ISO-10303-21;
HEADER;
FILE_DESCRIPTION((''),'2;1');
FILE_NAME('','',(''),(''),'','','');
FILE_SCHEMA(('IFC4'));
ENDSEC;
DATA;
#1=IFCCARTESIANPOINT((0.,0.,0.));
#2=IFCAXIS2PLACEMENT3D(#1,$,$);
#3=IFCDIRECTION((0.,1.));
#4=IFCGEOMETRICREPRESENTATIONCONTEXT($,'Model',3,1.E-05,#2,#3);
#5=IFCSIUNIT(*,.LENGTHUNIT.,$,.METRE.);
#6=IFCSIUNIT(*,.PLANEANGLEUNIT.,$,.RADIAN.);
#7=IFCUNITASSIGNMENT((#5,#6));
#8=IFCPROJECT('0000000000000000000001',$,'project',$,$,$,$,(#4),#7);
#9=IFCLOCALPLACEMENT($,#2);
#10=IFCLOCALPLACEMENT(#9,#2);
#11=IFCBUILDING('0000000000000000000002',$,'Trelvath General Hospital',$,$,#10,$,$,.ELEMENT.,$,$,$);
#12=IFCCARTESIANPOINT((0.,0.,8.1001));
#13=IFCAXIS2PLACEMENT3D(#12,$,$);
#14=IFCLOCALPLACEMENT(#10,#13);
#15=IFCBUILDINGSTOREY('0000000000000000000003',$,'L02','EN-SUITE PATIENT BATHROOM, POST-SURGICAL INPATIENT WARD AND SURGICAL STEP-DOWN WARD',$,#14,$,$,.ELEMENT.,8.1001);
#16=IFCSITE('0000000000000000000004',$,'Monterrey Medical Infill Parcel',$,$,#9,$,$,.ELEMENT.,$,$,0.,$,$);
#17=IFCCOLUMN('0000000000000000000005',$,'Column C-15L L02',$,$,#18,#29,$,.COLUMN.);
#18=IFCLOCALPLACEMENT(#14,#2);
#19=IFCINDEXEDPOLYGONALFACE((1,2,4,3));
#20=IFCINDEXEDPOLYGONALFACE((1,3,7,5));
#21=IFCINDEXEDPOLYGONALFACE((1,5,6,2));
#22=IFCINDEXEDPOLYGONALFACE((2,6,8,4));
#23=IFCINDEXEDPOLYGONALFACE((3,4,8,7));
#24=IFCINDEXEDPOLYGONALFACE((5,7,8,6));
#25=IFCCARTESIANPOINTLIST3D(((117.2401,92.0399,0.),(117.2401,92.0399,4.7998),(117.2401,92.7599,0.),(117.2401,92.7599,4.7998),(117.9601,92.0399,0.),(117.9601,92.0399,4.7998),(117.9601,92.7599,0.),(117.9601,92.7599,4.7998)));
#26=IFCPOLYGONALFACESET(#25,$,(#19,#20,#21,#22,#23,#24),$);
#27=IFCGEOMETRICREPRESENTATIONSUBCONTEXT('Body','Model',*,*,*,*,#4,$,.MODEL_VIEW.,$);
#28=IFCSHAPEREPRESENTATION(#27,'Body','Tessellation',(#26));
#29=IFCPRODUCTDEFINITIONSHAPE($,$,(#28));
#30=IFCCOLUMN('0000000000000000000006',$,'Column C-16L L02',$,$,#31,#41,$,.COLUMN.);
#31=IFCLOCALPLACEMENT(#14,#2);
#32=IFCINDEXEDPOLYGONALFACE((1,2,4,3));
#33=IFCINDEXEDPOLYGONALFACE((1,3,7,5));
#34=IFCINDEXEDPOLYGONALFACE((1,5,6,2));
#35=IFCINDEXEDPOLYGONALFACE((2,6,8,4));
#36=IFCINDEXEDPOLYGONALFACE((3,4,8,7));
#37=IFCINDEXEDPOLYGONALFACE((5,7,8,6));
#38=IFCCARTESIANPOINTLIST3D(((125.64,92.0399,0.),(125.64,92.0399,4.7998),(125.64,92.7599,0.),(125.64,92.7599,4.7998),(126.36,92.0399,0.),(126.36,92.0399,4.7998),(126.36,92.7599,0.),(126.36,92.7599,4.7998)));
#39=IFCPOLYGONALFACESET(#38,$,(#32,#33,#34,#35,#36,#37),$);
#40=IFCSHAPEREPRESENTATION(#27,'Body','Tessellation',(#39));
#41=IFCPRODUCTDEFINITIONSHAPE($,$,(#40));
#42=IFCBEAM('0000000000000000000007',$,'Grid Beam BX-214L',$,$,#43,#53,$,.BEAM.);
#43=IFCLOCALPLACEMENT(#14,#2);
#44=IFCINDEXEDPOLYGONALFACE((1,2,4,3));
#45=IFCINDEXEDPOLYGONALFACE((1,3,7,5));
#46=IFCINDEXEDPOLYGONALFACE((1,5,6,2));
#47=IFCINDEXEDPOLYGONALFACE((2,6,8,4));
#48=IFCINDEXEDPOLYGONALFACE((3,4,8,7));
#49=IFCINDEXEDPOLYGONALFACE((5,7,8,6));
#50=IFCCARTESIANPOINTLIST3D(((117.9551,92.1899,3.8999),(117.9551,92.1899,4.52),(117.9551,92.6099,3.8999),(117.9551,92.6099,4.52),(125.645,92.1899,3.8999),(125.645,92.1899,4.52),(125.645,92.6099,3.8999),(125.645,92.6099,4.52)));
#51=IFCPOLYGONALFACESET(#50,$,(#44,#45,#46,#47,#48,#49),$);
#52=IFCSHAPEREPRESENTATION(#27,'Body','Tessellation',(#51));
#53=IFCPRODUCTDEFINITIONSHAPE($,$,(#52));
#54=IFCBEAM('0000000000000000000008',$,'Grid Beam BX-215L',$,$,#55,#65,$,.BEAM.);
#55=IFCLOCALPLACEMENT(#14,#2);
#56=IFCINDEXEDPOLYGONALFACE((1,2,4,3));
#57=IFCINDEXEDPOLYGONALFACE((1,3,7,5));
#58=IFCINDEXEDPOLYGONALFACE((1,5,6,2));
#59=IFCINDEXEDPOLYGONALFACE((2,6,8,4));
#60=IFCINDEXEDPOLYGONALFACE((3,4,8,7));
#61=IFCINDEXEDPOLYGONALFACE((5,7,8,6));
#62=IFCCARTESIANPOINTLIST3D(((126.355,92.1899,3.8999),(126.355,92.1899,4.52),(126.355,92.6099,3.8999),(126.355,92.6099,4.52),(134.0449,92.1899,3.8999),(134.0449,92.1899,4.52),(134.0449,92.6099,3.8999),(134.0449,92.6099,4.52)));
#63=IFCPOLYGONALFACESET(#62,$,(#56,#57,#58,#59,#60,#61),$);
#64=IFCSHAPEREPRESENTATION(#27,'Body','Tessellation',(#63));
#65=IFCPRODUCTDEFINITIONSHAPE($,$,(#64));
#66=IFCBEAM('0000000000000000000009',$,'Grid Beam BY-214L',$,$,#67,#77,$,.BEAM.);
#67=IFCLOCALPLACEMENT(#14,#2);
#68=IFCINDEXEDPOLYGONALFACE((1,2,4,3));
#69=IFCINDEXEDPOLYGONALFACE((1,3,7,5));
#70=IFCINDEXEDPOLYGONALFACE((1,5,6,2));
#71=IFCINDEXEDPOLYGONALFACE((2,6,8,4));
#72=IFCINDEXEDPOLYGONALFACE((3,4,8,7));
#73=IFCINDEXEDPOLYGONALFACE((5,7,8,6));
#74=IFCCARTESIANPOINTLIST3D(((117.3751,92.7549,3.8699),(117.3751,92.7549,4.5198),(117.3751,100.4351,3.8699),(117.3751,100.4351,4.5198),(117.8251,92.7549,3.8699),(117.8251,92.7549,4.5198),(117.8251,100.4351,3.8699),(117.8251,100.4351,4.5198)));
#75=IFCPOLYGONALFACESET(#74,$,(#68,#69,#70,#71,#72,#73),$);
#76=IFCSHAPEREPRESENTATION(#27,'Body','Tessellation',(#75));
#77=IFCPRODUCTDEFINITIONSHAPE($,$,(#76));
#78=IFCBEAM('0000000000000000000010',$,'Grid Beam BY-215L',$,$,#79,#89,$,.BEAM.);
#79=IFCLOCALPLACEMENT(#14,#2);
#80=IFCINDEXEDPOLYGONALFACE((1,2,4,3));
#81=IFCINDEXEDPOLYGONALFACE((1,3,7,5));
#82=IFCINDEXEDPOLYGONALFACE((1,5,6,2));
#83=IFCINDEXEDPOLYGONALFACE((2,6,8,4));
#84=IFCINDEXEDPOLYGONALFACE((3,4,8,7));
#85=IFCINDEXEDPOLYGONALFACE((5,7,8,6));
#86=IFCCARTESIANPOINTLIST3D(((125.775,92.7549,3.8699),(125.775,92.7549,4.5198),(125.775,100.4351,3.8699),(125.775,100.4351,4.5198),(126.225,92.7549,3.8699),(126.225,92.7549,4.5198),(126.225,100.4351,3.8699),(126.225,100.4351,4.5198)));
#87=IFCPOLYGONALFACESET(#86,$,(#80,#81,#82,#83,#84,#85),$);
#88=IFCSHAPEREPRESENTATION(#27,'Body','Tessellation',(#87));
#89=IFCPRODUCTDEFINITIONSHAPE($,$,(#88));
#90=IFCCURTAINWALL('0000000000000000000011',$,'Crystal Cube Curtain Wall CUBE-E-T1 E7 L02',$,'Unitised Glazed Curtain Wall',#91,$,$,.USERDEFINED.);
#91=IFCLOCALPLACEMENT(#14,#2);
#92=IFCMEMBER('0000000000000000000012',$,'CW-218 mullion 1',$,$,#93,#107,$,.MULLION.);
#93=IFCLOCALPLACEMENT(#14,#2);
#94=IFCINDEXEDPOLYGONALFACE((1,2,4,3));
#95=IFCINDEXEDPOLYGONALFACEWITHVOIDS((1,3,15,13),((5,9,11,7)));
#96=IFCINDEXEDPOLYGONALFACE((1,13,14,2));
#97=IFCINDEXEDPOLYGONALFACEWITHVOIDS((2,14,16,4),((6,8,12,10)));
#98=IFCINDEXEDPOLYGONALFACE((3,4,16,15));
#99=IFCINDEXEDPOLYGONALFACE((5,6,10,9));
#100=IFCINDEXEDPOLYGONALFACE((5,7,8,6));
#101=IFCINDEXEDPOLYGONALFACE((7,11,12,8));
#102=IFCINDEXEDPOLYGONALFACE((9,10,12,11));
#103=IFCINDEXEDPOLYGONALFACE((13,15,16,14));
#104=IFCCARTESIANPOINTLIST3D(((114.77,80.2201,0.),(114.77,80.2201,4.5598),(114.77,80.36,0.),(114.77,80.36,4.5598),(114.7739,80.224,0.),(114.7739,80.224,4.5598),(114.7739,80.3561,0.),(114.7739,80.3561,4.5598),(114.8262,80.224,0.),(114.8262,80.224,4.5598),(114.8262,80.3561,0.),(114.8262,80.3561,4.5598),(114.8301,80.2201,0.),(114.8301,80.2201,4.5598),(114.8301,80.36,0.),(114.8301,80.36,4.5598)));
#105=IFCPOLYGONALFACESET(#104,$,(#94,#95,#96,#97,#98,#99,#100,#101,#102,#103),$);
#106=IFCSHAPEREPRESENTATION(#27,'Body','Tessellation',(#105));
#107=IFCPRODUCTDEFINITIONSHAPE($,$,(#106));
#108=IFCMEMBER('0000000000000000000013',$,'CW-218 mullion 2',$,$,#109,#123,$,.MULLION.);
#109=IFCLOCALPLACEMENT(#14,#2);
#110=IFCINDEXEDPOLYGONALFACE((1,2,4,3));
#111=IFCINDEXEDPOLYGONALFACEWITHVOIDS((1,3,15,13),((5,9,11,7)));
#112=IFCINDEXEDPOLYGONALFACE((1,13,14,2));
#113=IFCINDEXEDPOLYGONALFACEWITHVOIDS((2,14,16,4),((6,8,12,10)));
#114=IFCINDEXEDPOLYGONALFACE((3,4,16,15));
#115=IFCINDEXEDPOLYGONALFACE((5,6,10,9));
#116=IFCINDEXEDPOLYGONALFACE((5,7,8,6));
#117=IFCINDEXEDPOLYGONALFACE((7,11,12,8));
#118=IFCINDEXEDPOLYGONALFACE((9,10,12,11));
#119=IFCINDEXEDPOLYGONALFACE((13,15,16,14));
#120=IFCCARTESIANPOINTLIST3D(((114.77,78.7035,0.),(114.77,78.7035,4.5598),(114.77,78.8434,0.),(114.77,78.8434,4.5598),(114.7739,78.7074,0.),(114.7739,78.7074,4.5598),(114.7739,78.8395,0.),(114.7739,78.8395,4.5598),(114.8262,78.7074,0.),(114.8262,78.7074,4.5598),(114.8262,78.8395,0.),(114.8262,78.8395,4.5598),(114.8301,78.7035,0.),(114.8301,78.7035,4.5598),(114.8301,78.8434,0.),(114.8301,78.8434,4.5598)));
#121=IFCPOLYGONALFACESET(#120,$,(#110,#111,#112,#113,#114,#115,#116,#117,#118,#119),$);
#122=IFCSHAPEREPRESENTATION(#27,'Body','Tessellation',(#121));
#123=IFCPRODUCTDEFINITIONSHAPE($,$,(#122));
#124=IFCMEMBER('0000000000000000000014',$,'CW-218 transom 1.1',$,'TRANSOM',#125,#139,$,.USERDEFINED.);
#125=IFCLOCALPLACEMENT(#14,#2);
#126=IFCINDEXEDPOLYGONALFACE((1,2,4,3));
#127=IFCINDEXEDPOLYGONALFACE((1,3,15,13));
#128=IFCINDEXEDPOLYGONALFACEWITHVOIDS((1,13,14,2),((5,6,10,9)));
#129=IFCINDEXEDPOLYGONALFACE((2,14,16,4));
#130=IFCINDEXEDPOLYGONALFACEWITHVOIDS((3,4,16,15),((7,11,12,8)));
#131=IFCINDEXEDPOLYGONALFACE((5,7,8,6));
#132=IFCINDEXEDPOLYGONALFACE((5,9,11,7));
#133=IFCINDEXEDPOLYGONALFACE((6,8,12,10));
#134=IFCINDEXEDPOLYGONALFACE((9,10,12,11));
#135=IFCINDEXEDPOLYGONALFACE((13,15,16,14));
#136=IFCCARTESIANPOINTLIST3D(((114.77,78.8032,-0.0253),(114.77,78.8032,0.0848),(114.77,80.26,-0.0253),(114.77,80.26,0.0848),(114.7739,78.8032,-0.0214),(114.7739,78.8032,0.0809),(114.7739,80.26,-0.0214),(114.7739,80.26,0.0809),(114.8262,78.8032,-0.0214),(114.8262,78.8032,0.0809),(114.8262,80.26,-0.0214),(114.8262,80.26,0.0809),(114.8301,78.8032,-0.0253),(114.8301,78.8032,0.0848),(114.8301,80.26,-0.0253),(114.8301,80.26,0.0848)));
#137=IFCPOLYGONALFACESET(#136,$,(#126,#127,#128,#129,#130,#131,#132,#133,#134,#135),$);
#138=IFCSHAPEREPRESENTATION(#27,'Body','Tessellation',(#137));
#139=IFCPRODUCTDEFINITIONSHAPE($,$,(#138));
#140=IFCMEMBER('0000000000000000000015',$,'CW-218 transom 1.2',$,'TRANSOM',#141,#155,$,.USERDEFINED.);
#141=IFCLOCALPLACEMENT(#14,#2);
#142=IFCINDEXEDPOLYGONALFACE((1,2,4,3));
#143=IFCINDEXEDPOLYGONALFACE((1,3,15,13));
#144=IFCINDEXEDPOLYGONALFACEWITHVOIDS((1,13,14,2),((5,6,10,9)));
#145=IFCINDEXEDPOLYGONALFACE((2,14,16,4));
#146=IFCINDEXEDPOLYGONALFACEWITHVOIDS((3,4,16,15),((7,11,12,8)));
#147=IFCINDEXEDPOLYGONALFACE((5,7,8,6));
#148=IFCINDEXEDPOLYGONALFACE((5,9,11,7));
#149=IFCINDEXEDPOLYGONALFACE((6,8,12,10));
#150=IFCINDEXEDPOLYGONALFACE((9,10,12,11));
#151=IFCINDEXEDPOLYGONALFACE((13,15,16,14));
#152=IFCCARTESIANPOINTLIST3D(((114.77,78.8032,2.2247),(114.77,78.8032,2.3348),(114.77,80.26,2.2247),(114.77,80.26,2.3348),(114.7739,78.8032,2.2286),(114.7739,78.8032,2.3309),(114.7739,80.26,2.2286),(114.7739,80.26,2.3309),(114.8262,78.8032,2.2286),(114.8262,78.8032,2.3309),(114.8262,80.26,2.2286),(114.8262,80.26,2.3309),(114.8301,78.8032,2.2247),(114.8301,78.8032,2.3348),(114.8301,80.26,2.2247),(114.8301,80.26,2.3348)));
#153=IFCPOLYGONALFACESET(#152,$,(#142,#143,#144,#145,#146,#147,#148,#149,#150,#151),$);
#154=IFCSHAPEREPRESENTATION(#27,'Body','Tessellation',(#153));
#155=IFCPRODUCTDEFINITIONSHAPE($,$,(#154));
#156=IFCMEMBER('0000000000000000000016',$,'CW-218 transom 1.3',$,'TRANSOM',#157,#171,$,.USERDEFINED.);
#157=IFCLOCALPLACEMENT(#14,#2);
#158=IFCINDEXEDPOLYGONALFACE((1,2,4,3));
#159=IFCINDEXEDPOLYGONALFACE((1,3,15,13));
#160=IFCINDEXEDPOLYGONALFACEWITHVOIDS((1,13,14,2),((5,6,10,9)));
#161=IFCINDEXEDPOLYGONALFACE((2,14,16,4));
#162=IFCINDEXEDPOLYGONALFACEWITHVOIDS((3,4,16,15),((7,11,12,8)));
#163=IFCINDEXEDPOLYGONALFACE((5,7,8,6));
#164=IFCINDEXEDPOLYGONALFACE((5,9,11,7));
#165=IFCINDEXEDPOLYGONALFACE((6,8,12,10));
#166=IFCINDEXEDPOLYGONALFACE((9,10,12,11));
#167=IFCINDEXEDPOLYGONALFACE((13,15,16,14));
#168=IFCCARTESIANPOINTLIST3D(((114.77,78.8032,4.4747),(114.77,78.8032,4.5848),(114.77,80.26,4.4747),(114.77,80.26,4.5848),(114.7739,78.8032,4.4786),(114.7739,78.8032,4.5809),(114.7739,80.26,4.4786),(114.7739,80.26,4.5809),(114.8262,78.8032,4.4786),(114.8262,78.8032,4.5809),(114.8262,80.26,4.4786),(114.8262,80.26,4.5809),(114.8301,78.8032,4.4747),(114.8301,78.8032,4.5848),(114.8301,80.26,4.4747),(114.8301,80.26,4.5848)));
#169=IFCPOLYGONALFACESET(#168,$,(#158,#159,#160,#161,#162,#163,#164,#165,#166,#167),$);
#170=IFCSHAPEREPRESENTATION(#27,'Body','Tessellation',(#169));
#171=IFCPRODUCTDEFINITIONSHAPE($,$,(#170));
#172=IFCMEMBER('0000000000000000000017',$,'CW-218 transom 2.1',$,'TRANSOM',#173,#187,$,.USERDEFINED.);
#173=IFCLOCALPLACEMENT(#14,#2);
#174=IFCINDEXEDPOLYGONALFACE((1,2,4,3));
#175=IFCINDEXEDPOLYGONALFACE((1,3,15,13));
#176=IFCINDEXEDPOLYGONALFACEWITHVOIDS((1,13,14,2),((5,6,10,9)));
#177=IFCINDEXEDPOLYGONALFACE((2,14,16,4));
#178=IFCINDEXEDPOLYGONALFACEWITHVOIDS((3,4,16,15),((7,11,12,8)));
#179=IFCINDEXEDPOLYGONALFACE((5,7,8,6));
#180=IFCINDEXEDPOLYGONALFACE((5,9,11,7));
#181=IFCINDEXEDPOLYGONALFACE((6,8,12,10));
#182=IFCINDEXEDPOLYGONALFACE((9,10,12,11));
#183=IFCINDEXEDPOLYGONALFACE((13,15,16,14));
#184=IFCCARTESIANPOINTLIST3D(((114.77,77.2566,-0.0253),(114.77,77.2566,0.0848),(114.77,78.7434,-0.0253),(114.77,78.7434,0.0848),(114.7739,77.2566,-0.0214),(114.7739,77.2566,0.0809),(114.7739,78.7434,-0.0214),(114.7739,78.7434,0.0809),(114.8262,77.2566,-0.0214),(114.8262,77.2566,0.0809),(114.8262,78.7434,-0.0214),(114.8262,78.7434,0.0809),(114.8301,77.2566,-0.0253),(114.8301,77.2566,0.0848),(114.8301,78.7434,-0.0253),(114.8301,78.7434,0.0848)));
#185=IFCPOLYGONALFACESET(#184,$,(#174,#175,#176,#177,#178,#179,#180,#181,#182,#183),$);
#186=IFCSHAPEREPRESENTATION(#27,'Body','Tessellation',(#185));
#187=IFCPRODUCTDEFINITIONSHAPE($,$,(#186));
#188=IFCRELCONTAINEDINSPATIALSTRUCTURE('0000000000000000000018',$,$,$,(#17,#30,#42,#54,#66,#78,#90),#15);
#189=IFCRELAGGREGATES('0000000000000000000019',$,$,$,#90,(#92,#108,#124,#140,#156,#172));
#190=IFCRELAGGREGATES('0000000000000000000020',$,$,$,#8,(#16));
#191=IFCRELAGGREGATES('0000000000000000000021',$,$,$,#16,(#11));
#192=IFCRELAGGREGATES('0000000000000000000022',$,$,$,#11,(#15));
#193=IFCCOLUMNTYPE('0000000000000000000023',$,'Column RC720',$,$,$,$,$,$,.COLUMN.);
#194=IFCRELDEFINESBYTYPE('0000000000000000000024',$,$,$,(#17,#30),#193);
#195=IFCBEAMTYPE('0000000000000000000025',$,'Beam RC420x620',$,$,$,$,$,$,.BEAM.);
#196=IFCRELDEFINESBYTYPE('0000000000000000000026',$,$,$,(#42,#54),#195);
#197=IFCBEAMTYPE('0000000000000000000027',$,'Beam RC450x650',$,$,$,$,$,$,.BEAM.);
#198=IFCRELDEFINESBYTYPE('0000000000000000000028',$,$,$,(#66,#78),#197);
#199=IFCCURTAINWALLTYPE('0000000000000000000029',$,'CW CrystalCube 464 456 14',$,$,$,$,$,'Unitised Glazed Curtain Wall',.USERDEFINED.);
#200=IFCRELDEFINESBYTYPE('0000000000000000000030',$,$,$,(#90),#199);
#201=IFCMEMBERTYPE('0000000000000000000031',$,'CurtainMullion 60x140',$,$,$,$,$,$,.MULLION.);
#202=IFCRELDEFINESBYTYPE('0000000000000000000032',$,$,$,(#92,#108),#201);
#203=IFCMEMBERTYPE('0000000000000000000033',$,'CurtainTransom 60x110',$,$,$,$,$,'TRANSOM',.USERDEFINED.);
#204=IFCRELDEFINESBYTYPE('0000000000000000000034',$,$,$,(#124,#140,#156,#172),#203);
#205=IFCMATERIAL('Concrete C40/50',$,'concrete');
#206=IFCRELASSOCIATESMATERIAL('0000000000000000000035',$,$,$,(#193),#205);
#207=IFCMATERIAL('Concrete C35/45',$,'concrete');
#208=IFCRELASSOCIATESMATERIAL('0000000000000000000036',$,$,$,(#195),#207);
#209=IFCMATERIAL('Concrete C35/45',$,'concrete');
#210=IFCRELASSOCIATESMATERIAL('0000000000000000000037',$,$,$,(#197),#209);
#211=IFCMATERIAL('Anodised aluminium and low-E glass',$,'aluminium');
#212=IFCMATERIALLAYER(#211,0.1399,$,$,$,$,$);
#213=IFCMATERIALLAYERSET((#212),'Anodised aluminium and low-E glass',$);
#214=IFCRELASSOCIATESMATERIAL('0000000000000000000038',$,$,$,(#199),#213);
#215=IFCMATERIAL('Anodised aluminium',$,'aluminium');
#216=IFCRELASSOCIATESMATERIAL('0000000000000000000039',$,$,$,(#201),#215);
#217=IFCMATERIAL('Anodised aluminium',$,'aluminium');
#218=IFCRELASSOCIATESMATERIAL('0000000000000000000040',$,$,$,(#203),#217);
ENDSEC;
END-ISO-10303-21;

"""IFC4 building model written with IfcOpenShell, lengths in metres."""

from ifc_helpers import new_model, si_unit, direction, frame, origin, origin_2d, place, context, subcontext, project, spatial, rectangle, hollow_rectangle, extrude, material, layer, layer_set, material_profile, profile_set, type_object, element, aggregate, save


model = new_model("IFC4")

# Units and contexts
model_context = context("Model", 3, precision=1e-05, world=origin(), true_north=direction((0.0, 1.0)))
body_context = subcontext(model_context, "Body", "Model", "MODEL_VIEW")
ifc_project = project(units=[si_unit("LENGTHUNIT", "METRE"), si_unit("PLANEANGLEUNIT", "RADIAN")], contexts=[model_context])

# Site, building, storey
site_placement = place(None, origin())
site = spatial("IfcSite", under=ifc_project, at=site_placement, Name="Monterrey Medical Infill Parcel", CompositionType="ELEMENT", RefElevation=0.0)
building_placement = place(site_placement, origin())
building = spatial("IfcBuilding", under=site, at=building_placement, Name="Trelvath General Hospital", CompositionType="ELEMENT")
storey_placement = place(building_placement, frame((0.0, 0.0, 8.1001)))
storey = spatial("IfcBuildingStorey", under=building, at=storey_placement, Name="L02", Description="EN-SUITE PATIENT BATHROOM, POST-SURGICAL INPATIENT WARD AND SURGICAL STEP-DOWN WARD", CompositionType="ELEMENT", Elevation=8.1001)

# Columns
ifc_material_1 = material(Name="Concrete C40/50", Category="concrete")
ifc_material_profile_1 = material_profile(ifc_material_1, rectangle(XDim=0.72, YDim=0.72, at=origin_2d()), Name="RC720x720")
ifc_profile_set_1 = profile_set([ifc_material_profile_1], Name="Concrete C40/50")
column_type = type_object("IfcColumnType", Name="Column RC720", PredefinedType="COLUMN", material=ifc_profile_set_1)
for number, where, z_axis, x_axis, name in (
    (1, (117.6001, 92.3999, 0.0), (0.0, 0.0, 1.0), (1.0, 0.0, 0.0), "Column C-15L L02"),
    (2, (126.0, 92.3999, 0.0), (0.0, 0.0, 1.0), (1.0, 0.0, 0.0), "Column C-16L L02"),
):
    element("IfcColumn", number, at=place(storey_placement, frame(where, z_axis=z_axis, x_axis=x_axis)), inside=storey, type_object=column_type, Name=name, PredefinedType="COLUMN", context=body_context, shape_type="SweptSolid", body=[
        extrude(rectangle(XDim=0.72, YDim=0.72, at=origin_2d()), origin(), (0.0, 0.0, 1.0), 4.7998),
    ])

# Beams
ifc_material_2 = material(Name="Concrete C35/45", Category="concrete")
ifc_material_profile_2 = material_profile(ifc_material_2, rectangle(XDim=0.4199, YDim=0.6201, at=origin_2d()), Name="RCB420x620")
ifc_profile_set_2 = profile_set([ifc_material_profile_2], Name="Concrete C35/45")
beam_type_1 = type_object("IfcBeamType", Name="Beam RC420x620", PredefinedType="BEAM", material=ifc_profile_set_2)
for number, where, z_axis, x_axis, name in (
    (3, (117.9551, 92.3999, 4.21), (1.0, 0.0, 0.0), (0.0, 1.0, 0.0), "Grid Beam BX-214L"),
    (4, (126.355, 92.3999, 4.21), (1.0, 0.0, 0.0), (0.0, 1.0, 0.0), "Grid Beam BX-215L"),
):
    element("IfcBeam", number, at=place(storey_placement, frame(where, z_axis=z_axis, x_axis=x_axis)), inside=storey, type_object=beam_type_1, Name=name, PredefinedType="BEAM", context=body_context, shape_type="SweptSolid", body=[
        extrude(rectangle(XDim=0.4199, YDim=0.6201, at=origin_2d()), origin(), (0.0, 0.0, 1.0), 7.6899),
    ])
ifc_material_3 = material(Name="Concrete C35/45", Category="concrete")
ifc_material_profile_3 = material_profile(ifc_material_3, rectangle(XDim=0.45, YDim=0.6499, at=origin_2d()), Name="RCB450x650")
ifc_profile_set_3 = profile_set([ifc_material_profile_3], Name="Concrete C35/45")
beam_type_2 = type_object("IfcBeamType", Name="Beam RC450x650", PredefinedType="BEAM", material=ifc_profile_set_3)
for number, where, z_axis, x_axis, name in (
    (5, (117.6001, 92.7549, 4.1948), (0.0, 1.0, 0.0), (-1.0, 0.0, 0.0), "Grid Beam BY-214L"),
    (6, (126.0, 92.7549, 4.1948), (0.0, 1.0, 0.0), (-1.0, 0.0, 0.0), "Grid Beam BY-215L"),
):
    element("IfcBeam", number, at=place(storey_placement, frame(where, z_axis=z_axis, x_axis=x_axis)), inside=storey, type_object=beam_type_2, Name=name, PredefinedType="BEAM", context=body_context, shape_type="SweptSolid", body=[
        extrude(rectangle(XDim=0.45, YDim=0.6499, at=origin_2d()), origin(), (0.0, 0.0, 1.0), 7.6802),
    ])

# Curtain wall, members
ifc_material_4 = material(Name="Anodised aluminium and low-E glass", Category="aluminium")
ifc_layer_1 = layer(ifc_material_4, 0.1399)
ifc_layer_set_1 = layer_set([ifc_layer_1], Name="Anodised aluminium and low-E glass")
curtain_wall_type = type_object("IfcCurtainWallType", Name="CW CrystalCube 464 456 14", ElementType="Unitised Glazed Curtain Wall", PredefinedType="USERDEFINED", material=ifc_layer_set_1)
curtain_wall_placement = place(storey_placement, origin())
curtain_wall = element("IfcCurtainWall", 7, at=curtain_wall_placement, inside=storey, type_object=curtain_wall_type, Name="Crystal Cube Curtain Wall CUBE-E-T1 E7 L02", ObjectType="Unitised Glazed Curtain Wall", PredefinedType="USERDEFINED")
ifc_material_5 = material(Name="Anodised aluminium", Category="aluminium")
ifc_material_profile_4 = material_profile(ifc_material_5, hollow_rectangle(XDim=0.0601, YDim=0.1399, WallThickness=0.0039, at=origin_2d()), Name="RHS60x140x4")
ifc_profile_set_4 = profile_set([ifc_material_profile_4], Name="Anodised aluminium")
member_type_1 = type_object("IfcMemberType", Name="CurtainMullion 60x140", PredefinedType="MULLION", material=ifc_profile_set_4)
member_1_placement = place(storey_placement, frame((114.8, 80.29, 0.0), z_axis=(0.0, 0.0, 1.0), x_axis=(1.0, 0.0, 0.0)))
member_1 = element("IfcMember", 8, at=member_1_placement, type_object=member_type_1, Name="CW-218 mullion 1", PredefinedType="MULLION", context=body_context, shape_type="SweptSolid", body=[
    extrude(hollow_rectangle(XDim=0.0601, YDim=0.1399, WallThickness=0.0039, at=origin_2d()), origin(), (0.0, 0.0, 1.0), 4.5598),
])
member_2_placement = place(storey_placement, frame((114.8, 78.7734, 0.0), z_axis=(0.0, 0.0, 1.0), x_axis=(1.0, 0.0, 0.0)))
member_2 = element("IfcMember", 9, at=member_2_placement, type_object=member_type_1, Name="CW-218 mullion 2", PredefinedType="MULLION", context=body_context, shape_type="SweptSolid", body=[
    extrude(hollow_rectangle(XDim=0.0601, YDim=0.1399, WallThickness=0.0039, at=origin_2d()), origin(), (0.0, 0.0, 1.0), 4.5598),
])
ifc_material_6 = material(Name="Anodised aluminium", Category="aluminium")
ifc_material_profile_5 = material_profile(ifc_material_6, hollow_rectangle(XDim=0.0601, YDim=0.1101, WallThickness=0.0039, at=origin_2d()), Name="RHS60x110x4")
ifc_profile_set_5 = profile_set([ifc_material_profile_5], Name="Anodised aluminium")
member_type_2 = type_object("IfcMemberType", Name="CurtainTransom 60x110", ElementType="TRANSOM", PredefinedType="USERDEFINED", material=ifc_profile_set_5)
member_3_placement = place(storey_placement, frame((114.8, 80.26, 0.0298), z_axis=(0.0, -1.0, 0.0), x_axis=(1.0, 0.0, 0.0)))
member_3 = element("IfcMember", 10, at=member_3_placement, type_object=member_type_2, Name="CW-218 transom 1.1", ObjectType="TRANSOM", PredefinedType="USERDEFINED", context=body_context, shape_type="SweptSolid", body=[
    extrude(hollow_rectangle(XDim=0.0601, YDim=0.1101, WallThickness=0.0039, at=origin_2d()), origin(), (0.0, 0.0, 1.0), 1.4568),
])
member_4_placement = place(storey_placement, frame((114.8, 80.26, 2.2798), z_axis=(0.0, -1.0, 0.0), x_axis=(1.0, 0.0, 0.0)))
member_4 = element("IfcMember", 11, at=member_4_placement, type_object=member_type_2, Name="CW-218 transom 1.2", ObjectType="TRANSOM", PredefinedType="USERDEFINED", context=body_context, shape_type="SweptSolid", body=[
    extrude(hollow_rectangle(XDim=0.0601, YDim=0.1101, WallThickness=0.0039, at=origin_2d()), origin(), (0.0, 0.0, 1.0), 1.4568),
])
member_5_placement = place(storey_placement, frame((114.8, 80.26, 4.5298), z_axis=(0.0, -1.0, 0.0), x_axis=(1.0, 0.0, 0.0)))
member_5 = element("IfcMember", 12, at=member_5_placement, type_object=member_type_2, Name="CW-218 transom 1.3", ObjectType="TRANSOM", PredefinedType="USERDEFINED", context=body_context, shape_type="SweptSolid", body=[
    extrude(hollow_rectangle(XDim=0.0601, YDim=0.1101, WallThickness=0.0039, at=origin_2d()), origin(), (0.0, 0.0, 1.0), 1.4568),
])
member_6_placement = place(storey_placement, frame((114.8, 78.7434, 0.0298), z_axis=(0.0, -1.0, 0.0), x_axis=(1.0, 0.0, 0.0)))
member_6 = element("IfcMember", 13, at=member_6_placement, type_object=member_type_2, Name="CW-218 transom 2.1", ObjectType="TRANSOM", PredefinedType="USERDEFINED", context=body_context, shape_type="SweptSolid", body=[
    extrude(hollow_rectangle(XDim=0.0601, YDim=0.1101, WallThickness=0.0039, at=origin_2d()), origin(), (0.0, 0.0, 1.0), 1.4868),
])

aggregate(curtain_wall, [member_1, member_2, member_3, member_4, member_5, member_6])

save(model, "model.ifc")
